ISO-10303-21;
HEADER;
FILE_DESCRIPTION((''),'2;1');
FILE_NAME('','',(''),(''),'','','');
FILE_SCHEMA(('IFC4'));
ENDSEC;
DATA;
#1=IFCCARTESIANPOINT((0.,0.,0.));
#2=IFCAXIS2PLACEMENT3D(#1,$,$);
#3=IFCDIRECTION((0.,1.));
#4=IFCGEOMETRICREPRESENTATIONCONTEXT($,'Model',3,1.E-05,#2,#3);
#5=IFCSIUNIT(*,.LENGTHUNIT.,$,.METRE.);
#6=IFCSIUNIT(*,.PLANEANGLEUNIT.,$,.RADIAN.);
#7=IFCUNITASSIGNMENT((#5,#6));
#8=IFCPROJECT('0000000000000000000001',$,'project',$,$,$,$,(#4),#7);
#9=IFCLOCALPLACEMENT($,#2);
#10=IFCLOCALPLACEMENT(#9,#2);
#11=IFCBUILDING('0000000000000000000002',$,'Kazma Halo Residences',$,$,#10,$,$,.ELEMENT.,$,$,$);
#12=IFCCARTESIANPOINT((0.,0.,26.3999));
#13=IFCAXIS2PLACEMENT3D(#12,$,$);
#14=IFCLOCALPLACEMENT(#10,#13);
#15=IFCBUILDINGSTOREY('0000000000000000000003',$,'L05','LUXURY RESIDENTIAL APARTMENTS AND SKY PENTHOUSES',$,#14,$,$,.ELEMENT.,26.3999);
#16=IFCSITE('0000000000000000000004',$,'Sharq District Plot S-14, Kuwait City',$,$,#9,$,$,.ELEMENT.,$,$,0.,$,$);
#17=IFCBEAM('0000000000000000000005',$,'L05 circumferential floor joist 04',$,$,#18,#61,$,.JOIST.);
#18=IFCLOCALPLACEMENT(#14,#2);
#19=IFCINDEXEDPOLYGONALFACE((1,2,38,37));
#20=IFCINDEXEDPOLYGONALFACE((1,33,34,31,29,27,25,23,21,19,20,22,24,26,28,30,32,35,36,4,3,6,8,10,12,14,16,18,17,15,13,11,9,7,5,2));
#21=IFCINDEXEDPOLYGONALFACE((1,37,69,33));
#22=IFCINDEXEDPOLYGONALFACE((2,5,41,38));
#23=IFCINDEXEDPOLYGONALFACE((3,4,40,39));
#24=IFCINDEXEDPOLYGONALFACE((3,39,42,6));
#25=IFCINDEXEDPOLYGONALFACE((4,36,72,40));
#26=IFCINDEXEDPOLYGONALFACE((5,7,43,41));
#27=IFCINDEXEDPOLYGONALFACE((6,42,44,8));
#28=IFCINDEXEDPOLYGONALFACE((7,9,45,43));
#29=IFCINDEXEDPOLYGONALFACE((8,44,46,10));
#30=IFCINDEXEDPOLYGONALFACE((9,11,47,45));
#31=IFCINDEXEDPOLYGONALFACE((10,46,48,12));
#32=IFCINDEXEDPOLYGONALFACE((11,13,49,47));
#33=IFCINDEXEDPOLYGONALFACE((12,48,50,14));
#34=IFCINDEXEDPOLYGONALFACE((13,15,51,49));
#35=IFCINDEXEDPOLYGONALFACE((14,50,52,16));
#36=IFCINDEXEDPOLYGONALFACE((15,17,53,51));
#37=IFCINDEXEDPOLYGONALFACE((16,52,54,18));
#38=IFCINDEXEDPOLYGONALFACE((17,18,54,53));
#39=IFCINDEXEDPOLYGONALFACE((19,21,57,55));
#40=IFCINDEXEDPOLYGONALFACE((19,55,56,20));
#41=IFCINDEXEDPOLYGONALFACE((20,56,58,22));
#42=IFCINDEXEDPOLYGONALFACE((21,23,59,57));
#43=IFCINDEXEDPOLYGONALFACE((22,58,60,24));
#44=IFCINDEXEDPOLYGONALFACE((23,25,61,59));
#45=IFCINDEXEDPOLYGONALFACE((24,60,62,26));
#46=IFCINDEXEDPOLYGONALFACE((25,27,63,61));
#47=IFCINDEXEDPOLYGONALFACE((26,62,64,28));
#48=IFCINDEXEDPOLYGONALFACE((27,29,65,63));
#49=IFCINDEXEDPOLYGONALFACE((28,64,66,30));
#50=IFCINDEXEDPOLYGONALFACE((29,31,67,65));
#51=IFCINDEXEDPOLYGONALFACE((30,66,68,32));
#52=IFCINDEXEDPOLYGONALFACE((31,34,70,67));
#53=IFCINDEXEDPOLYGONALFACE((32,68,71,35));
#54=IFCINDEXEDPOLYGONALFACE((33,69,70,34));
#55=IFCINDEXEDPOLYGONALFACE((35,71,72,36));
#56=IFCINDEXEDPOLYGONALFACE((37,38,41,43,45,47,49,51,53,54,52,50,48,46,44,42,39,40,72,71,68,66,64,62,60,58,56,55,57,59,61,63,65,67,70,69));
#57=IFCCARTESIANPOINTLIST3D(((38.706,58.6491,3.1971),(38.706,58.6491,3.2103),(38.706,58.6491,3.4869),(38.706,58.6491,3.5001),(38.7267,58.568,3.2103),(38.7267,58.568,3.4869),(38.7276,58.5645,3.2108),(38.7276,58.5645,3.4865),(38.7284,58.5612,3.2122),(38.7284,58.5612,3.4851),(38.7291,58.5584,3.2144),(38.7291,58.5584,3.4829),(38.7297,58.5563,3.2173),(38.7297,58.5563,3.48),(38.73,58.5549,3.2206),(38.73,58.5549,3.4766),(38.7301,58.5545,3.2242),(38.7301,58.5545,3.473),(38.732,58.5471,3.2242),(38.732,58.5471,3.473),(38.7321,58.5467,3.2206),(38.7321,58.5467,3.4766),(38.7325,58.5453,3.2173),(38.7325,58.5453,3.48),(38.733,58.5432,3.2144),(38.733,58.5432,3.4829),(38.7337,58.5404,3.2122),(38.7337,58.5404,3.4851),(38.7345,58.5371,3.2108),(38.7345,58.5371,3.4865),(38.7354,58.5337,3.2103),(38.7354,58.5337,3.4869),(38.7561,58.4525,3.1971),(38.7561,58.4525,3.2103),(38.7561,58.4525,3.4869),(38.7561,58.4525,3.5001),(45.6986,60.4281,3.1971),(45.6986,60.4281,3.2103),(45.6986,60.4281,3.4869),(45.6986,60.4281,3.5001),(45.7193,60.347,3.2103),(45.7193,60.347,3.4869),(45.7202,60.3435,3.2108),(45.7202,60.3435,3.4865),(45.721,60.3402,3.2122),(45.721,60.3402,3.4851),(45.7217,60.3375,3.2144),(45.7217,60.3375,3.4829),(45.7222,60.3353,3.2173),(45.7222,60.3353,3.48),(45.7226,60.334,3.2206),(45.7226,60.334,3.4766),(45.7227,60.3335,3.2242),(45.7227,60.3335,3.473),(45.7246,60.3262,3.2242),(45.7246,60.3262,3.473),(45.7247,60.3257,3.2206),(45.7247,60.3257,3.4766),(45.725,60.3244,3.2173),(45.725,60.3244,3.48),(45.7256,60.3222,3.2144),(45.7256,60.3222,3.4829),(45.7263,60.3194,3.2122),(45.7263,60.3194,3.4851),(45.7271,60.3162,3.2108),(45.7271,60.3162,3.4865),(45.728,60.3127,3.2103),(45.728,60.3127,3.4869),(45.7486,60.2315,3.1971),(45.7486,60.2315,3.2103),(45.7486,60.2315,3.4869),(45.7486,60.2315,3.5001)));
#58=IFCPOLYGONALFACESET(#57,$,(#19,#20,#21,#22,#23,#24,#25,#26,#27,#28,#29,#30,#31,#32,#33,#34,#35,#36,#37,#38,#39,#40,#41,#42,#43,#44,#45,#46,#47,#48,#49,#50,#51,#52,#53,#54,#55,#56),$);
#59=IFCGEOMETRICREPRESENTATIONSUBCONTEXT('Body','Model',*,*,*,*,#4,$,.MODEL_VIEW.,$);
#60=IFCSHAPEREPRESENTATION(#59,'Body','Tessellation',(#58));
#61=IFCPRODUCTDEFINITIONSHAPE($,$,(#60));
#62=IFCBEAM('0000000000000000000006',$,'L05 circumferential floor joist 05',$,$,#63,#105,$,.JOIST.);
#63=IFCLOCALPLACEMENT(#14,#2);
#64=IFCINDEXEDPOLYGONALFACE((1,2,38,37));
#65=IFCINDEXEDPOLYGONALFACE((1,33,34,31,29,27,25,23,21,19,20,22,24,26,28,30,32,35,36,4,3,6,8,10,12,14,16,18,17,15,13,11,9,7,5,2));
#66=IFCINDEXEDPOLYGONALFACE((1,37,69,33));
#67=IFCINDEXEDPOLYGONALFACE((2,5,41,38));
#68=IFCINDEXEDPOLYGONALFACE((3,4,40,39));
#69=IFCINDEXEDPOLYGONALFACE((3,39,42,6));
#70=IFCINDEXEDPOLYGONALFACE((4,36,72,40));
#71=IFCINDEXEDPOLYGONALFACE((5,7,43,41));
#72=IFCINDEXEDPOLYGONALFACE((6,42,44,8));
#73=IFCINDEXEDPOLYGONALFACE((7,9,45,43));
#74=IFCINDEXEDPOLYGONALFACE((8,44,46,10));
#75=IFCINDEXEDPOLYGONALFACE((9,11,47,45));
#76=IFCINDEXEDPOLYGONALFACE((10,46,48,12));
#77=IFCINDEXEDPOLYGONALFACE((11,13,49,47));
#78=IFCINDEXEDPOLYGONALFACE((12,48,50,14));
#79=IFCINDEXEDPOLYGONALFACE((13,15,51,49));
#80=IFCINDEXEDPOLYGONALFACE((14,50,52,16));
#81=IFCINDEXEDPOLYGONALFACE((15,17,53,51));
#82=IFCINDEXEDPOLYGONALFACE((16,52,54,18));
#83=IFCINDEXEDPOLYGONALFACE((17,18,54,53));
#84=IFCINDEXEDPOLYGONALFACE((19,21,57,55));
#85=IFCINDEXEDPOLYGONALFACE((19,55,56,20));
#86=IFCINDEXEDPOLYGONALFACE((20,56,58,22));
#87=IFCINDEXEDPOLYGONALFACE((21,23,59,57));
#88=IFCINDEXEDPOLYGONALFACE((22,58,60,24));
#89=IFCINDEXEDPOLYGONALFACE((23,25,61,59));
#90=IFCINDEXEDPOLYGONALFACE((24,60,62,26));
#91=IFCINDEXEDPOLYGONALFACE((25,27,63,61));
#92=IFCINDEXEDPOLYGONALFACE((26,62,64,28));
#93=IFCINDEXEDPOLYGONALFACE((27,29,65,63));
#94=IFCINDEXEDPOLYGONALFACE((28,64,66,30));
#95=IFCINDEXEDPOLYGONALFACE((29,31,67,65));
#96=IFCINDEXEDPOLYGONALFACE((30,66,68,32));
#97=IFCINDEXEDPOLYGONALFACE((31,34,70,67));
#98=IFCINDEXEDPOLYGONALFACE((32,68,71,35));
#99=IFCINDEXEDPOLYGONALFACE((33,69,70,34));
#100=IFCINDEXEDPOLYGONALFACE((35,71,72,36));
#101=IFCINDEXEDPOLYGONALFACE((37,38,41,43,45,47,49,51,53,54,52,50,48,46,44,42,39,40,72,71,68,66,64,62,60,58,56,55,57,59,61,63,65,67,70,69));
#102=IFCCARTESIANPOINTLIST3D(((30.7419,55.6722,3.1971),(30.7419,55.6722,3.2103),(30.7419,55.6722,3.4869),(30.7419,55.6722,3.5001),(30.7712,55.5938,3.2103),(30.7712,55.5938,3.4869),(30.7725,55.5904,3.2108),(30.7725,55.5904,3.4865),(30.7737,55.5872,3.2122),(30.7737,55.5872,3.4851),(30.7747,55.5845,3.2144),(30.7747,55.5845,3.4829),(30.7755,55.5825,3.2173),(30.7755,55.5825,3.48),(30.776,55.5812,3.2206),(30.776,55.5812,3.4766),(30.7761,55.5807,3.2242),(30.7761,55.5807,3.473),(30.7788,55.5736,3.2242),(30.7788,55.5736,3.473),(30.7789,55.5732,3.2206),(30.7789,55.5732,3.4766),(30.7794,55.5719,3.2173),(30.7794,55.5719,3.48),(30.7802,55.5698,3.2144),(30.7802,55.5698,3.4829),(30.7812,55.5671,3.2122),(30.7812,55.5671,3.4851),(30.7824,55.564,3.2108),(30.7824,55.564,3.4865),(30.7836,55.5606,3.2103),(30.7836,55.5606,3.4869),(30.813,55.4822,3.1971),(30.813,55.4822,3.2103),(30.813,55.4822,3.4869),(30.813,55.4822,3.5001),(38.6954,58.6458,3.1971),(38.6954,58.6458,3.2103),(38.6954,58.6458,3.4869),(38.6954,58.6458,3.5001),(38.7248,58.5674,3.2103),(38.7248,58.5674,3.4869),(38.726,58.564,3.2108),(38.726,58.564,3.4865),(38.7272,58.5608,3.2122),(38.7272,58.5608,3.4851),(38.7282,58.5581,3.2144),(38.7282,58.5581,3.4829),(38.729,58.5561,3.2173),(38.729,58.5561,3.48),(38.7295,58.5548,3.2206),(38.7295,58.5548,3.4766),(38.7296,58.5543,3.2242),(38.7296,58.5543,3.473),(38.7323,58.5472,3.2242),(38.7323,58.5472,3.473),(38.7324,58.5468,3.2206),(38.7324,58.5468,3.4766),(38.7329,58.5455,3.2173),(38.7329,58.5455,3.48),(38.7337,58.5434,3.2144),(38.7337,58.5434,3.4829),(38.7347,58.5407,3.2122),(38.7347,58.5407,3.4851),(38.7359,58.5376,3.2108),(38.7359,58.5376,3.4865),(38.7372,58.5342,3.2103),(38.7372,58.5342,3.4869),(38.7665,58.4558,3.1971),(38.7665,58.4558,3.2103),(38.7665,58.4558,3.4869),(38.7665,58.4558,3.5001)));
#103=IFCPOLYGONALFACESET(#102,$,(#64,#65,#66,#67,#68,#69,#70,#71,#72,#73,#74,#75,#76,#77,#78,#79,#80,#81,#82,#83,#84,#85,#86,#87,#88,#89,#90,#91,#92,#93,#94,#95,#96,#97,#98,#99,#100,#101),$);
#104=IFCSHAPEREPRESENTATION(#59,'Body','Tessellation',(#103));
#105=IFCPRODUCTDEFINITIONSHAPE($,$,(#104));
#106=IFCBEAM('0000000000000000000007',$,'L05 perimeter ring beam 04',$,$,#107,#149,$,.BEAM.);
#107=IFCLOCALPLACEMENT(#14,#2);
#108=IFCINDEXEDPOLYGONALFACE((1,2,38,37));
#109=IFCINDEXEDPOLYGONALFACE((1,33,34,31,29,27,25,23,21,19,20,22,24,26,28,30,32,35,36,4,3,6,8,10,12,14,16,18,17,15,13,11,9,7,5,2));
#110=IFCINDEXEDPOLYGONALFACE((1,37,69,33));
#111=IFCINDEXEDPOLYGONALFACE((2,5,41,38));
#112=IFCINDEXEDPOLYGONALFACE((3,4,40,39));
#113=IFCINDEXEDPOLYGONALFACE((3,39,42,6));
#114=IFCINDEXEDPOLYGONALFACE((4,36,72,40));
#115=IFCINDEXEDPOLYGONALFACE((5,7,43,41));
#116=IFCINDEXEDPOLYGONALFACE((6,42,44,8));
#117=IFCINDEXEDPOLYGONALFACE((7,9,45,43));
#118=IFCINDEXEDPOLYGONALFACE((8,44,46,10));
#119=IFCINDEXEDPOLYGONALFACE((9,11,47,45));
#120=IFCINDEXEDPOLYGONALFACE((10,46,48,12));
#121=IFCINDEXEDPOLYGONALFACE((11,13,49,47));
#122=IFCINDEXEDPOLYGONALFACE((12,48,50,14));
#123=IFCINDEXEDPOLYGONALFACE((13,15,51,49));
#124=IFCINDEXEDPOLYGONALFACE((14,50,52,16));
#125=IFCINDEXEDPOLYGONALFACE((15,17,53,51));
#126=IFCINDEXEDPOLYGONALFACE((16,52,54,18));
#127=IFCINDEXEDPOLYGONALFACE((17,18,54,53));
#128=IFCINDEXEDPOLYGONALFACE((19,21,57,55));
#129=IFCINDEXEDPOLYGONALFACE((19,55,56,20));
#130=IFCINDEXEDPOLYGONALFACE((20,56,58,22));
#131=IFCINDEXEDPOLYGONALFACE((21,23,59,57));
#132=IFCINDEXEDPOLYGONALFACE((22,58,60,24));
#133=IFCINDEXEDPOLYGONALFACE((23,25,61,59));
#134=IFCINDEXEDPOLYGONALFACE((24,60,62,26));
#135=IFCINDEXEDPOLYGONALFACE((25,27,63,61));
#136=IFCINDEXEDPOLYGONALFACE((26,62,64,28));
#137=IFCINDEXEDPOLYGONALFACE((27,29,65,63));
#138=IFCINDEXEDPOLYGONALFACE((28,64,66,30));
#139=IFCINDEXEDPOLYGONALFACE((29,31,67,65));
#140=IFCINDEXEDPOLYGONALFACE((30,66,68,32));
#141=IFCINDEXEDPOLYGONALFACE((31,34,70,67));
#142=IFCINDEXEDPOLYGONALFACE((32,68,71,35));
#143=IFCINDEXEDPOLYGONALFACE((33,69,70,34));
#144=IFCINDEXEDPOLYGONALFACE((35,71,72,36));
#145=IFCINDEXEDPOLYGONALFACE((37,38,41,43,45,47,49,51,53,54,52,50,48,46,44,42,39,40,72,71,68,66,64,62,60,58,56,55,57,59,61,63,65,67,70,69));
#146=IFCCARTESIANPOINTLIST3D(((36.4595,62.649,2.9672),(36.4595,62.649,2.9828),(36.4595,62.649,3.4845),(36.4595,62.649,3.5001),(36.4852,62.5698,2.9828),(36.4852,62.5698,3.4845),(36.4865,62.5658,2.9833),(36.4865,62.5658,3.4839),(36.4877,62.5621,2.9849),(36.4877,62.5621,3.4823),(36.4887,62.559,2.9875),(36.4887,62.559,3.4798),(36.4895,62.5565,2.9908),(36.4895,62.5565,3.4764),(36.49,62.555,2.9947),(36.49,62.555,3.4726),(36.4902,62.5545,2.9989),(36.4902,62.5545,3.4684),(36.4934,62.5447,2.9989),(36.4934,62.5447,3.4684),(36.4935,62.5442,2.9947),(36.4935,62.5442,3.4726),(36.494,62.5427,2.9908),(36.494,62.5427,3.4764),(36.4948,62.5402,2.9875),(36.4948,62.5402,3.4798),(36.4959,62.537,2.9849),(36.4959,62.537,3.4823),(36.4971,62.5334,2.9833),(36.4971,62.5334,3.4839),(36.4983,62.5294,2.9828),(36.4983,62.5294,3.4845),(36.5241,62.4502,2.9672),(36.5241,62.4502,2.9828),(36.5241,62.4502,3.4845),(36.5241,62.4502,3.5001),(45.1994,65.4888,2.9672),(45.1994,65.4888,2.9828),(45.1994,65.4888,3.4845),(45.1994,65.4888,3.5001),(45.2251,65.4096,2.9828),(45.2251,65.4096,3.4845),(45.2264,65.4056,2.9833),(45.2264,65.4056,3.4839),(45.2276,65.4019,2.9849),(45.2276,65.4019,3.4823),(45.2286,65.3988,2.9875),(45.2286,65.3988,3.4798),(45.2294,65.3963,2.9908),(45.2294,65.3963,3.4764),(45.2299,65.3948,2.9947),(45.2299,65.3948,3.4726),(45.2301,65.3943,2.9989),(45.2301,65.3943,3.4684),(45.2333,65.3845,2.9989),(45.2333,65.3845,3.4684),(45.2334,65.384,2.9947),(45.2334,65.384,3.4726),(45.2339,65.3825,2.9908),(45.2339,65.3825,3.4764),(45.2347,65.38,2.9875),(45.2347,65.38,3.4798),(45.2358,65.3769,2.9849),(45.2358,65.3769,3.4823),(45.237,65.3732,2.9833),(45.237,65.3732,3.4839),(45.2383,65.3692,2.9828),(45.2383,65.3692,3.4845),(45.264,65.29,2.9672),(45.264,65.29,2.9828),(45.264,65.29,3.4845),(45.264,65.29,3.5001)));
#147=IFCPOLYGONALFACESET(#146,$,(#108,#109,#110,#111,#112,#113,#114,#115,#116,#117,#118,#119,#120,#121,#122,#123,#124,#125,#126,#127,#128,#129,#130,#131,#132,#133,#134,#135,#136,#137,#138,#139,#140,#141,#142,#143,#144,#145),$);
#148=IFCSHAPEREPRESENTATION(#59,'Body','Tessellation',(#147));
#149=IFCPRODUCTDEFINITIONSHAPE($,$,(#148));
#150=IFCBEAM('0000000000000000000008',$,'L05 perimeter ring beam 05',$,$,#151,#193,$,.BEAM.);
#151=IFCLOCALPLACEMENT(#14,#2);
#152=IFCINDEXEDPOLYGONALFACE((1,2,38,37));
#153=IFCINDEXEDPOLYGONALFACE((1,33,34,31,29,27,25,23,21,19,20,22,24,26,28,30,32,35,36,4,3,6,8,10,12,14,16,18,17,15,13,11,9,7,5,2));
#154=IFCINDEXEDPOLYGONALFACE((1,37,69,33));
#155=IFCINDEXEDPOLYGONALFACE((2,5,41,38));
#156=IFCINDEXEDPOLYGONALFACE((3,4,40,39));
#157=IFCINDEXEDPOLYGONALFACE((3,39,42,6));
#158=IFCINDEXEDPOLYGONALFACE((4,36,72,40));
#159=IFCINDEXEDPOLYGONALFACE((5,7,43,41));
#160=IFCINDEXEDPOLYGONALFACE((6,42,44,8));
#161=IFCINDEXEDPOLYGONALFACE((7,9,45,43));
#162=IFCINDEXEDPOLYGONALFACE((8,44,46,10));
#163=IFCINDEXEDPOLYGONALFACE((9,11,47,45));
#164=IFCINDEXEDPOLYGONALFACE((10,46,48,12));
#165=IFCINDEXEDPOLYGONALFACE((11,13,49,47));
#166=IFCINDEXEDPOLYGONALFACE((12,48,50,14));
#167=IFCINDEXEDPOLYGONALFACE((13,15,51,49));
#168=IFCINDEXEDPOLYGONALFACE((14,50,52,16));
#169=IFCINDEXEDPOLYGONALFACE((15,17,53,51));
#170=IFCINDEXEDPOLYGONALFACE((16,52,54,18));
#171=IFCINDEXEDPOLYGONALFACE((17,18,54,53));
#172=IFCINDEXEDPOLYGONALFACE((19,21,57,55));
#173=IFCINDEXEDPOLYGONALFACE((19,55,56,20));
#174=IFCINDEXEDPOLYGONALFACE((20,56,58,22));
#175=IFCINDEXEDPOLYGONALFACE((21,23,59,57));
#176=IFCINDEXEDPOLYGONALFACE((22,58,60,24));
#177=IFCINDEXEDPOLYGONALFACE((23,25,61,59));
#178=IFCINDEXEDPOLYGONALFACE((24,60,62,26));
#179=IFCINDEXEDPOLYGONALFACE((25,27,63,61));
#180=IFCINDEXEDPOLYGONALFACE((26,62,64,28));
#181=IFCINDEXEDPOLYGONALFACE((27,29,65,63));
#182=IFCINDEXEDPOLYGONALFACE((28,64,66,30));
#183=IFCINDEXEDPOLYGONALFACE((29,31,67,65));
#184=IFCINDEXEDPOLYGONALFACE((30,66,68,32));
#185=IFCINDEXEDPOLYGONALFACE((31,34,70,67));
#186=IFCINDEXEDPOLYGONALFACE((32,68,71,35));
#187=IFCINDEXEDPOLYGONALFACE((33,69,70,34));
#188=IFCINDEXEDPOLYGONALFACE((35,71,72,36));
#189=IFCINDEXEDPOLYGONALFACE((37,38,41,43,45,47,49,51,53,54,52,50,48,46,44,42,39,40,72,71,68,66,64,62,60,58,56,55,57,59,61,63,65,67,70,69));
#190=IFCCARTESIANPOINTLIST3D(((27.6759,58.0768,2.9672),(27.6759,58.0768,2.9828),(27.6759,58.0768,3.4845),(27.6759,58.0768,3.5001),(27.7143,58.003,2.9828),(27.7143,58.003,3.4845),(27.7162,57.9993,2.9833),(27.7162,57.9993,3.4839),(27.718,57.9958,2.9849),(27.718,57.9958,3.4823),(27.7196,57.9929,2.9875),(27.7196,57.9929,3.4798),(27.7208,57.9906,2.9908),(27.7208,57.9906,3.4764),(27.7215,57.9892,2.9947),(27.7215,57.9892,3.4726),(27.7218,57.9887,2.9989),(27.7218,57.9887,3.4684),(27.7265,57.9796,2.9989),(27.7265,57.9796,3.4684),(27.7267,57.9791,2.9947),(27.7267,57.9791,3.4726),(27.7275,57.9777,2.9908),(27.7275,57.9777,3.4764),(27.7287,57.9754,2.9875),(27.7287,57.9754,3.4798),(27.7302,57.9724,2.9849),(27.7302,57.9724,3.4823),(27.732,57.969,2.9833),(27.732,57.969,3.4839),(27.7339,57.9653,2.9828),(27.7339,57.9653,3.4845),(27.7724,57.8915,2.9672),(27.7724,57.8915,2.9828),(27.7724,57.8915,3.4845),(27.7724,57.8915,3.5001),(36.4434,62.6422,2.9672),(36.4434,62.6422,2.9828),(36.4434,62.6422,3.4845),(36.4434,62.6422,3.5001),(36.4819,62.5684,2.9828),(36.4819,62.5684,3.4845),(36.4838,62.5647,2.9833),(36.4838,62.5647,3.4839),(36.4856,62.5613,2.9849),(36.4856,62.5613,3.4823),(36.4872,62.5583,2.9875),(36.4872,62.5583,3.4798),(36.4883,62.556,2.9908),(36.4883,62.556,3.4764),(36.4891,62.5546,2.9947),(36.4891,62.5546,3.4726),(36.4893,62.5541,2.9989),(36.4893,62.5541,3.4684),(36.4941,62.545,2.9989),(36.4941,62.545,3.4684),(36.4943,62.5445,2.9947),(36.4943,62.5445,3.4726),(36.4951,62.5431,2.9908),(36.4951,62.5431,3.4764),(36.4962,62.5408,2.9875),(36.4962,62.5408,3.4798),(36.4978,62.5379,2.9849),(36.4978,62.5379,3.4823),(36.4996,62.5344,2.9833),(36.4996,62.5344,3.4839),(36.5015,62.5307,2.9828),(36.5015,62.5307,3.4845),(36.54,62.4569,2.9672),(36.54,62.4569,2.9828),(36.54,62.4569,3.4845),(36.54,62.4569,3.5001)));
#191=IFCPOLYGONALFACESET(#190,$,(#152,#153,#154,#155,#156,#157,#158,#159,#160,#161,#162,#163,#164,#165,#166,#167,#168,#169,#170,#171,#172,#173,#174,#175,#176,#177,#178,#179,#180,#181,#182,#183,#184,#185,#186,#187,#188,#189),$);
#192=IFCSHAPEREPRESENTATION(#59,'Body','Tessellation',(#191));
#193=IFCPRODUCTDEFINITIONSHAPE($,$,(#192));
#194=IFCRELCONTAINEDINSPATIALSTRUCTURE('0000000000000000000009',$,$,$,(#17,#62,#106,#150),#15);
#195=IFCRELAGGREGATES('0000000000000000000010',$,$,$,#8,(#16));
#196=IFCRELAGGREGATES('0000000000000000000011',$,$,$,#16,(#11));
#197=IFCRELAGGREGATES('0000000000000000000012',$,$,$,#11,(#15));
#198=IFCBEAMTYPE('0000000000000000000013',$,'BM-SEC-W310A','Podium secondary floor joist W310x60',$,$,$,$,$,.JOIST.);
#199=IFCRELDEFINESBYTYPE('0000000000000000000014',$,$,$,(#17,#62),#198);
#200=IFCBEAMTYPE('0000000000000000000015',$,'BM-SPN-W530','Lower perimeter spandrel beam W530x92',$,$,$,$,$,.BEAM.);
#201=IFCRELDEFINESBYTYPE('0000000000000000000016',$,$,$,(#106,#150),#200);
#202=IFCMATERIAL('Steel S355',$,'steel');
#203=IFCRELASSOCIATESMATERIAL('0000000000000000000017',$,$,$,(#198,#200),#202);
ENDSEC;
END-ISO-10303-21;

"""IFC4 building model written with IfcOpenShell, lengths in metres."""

from ifc_helpers import new_model, si_unit, direction, frame, origin, origin_2d, place, context, subcontext, project, spatial, i_section, extrude, material, material_profile, profile_set, type_object, element, save


model = new_model("IFC4")

# Units and contexts
model_context = context("Model", 3, precision=1e-05, world=origin(), true_north=direction((0.0, 1.0)))
body_context = subcontext(model_context, "Body", "Model", "MODEL_VIEW")
ifc_project = project(units=[si_unit("LENGTHUNIT", "METRE"), si_unit("PLANEANGLEUNIT", "RADIAN")], contexts=[model_context])

# Site, building, storey
site_placement = place(None, origin())
site = spatial("IfcSite", under=ifc_project, at=site_placement, Name="Sharq District Plot S-14, Kuwait City", CompositionType="ELEMENT", RefElevation=0.0)
building_placement = place(site_placement, origin())
building = spatial("IfcBuilding", under=site, at=building_placement, Name="Kazma Halo Residences", CompositionType="ELEMENT")
storey_placement = place(building_placement, frame((0.0, 0.0, 26.3999)))
storey = spatial("IfcBuildingStorey", under=building, at=storey_placement, Name="L05", Description="LUXURY RESIDENTIAL APARTMENTS AND SKY PENTHOUSES", CompositionType="ELEMENT", Elevation=26.3999)

# Beams
ifc_material_1 = material(Name="Steel S355", Category="steel")
ifc_material_profile_1 = material_profile(ifc_material_1, i_section(OverallWidth=0.2029, OverallDepth=0.303, WebThickness=0.0076, FlangeThickness=0.0132, FilletRadius=0.0139, at=origin_2d()), Name="W310x60")
ifc_profile_set_1 = profile_set([ifc_material_profile_1], Name="Steel S355")
beam_type_1 = type_object("IfcBeamType", Name="BM-SEC-W310A", Description="Podium secondary floor joist W310x60", PredefinedType="JOIST", material=ifc_profile_set_1)
beam_1_placement = place(storey_placement, frame((45.7236, 60.3298, 3.3486), z_axis=(-0.969127, -0.246562, 0.0), x_axis=(0.246562, -0.969127, 0.0)))
element("IfcBeam", 1, at=beam_1_placement, inside=storey, type_object=beam_type_1, Name="L05 circumferential floor joist 04", PredefinedType="JOIST", context=body_context, shape_type="SweptSolid", body=[
    extrude(i_section(OverallWidth=0.2029, OverallDepth=0.303, WebThickness=0.0076, FlangeThickness=0.0132, FilletRadius=0.0139, at=origin_2d()), origin(), (0.0, 0.0, 1.0), 7.2153),
])
beam_2_placement = place(storey_placement, frame((38.731, 58.5508, 3.3486), z_axis=(-0.936676, -0.350197, 0.0), x_axis=(0.350197, -0.936676, 0.0)))
element("IfcBeam", 2, at=beam_2_placement, inside=storey, type_object=beam_type_1, Name="L05 circumferential floor joist 05", PredefinedType="JOIST", context=body_context, shape_type="SweptSolid", body=[
    extrude(i_section(OverallWidth=0.2029, OverallDepth=0.303, WebThickness=0.0076, FlangeThickness=0.0132, FilletRadius=0.0139, at=origin_2d()), origin(), (0.0, 0.0, 1.0), 8.4912),
])
ifc_material_profile_2 = material_profile(ifc_material_1, i_section(OverallWidth=0.209, OverallDepth=0.533, WebThickness=0.0103, FlangeThickness=0.0156, FilletRadius=0.0161, at=origin_2d()), Name="W530x92")
ifc_profile_set_2 = profile_set([ifc_material_profile_2], Name="Steel S355")
beam_type_2 = type_object("IfcBeamType", Name="BM-SPN-W530", Description="Lower perimeter spandrel beam W530x92", PredefinedType="BEAM", material=ifc_profile_set_2)
beam_3_placement = place(storey_placement, frame((45.2317, 65.3894, 3.2336), z_axis=(-0.951055, -0.309022, 0.0), x_axis=(0.309022, -0.951055, 0.0)))
element("IfcBeam", 3, at=beam_3_placement, inside=storey, type_object=beam_type_2, Name="L05 perimeter ring beam 04", PredefinedType="BEAM", context=body_context, shape_type="SweptSolid", body=[
    extrude(i_section(OverallWidth=0.209, OverallDepth=0.533, WebThickness=0.0103, FlangeThickness=0.0156, FilletRadius=0.0161, at=origin_2d()), origin(), (0.0, 0.0, 1.0), 9.1897),
])
beam_4_placement = place(storey_placement, frame((36.4917, 62.5496, 3.2336), z_axis=(-0.886956, -0.461853, 0.0), x_axis=(0.461853, -0.886956, 0.0)))
element("IfcBeam", 4, at=beam_4_placement, inside=storey, type_object=beam_type_2, Name="L05 perimeter ring beam 05", PredefinedType="BEAM", context=body_context, shape_type="SweptSolid", body=[
    extrude(i_section(OverallWidth=0.209, OverallDepth=0.533, WebThickness=0.0103, FlangeThickness=0.0156, FilletRadius=0.0161, at=origin_2d()), origin(), (0.0, 0.0, 1.0), 9.885),
])

save(model, "model.ifc")
